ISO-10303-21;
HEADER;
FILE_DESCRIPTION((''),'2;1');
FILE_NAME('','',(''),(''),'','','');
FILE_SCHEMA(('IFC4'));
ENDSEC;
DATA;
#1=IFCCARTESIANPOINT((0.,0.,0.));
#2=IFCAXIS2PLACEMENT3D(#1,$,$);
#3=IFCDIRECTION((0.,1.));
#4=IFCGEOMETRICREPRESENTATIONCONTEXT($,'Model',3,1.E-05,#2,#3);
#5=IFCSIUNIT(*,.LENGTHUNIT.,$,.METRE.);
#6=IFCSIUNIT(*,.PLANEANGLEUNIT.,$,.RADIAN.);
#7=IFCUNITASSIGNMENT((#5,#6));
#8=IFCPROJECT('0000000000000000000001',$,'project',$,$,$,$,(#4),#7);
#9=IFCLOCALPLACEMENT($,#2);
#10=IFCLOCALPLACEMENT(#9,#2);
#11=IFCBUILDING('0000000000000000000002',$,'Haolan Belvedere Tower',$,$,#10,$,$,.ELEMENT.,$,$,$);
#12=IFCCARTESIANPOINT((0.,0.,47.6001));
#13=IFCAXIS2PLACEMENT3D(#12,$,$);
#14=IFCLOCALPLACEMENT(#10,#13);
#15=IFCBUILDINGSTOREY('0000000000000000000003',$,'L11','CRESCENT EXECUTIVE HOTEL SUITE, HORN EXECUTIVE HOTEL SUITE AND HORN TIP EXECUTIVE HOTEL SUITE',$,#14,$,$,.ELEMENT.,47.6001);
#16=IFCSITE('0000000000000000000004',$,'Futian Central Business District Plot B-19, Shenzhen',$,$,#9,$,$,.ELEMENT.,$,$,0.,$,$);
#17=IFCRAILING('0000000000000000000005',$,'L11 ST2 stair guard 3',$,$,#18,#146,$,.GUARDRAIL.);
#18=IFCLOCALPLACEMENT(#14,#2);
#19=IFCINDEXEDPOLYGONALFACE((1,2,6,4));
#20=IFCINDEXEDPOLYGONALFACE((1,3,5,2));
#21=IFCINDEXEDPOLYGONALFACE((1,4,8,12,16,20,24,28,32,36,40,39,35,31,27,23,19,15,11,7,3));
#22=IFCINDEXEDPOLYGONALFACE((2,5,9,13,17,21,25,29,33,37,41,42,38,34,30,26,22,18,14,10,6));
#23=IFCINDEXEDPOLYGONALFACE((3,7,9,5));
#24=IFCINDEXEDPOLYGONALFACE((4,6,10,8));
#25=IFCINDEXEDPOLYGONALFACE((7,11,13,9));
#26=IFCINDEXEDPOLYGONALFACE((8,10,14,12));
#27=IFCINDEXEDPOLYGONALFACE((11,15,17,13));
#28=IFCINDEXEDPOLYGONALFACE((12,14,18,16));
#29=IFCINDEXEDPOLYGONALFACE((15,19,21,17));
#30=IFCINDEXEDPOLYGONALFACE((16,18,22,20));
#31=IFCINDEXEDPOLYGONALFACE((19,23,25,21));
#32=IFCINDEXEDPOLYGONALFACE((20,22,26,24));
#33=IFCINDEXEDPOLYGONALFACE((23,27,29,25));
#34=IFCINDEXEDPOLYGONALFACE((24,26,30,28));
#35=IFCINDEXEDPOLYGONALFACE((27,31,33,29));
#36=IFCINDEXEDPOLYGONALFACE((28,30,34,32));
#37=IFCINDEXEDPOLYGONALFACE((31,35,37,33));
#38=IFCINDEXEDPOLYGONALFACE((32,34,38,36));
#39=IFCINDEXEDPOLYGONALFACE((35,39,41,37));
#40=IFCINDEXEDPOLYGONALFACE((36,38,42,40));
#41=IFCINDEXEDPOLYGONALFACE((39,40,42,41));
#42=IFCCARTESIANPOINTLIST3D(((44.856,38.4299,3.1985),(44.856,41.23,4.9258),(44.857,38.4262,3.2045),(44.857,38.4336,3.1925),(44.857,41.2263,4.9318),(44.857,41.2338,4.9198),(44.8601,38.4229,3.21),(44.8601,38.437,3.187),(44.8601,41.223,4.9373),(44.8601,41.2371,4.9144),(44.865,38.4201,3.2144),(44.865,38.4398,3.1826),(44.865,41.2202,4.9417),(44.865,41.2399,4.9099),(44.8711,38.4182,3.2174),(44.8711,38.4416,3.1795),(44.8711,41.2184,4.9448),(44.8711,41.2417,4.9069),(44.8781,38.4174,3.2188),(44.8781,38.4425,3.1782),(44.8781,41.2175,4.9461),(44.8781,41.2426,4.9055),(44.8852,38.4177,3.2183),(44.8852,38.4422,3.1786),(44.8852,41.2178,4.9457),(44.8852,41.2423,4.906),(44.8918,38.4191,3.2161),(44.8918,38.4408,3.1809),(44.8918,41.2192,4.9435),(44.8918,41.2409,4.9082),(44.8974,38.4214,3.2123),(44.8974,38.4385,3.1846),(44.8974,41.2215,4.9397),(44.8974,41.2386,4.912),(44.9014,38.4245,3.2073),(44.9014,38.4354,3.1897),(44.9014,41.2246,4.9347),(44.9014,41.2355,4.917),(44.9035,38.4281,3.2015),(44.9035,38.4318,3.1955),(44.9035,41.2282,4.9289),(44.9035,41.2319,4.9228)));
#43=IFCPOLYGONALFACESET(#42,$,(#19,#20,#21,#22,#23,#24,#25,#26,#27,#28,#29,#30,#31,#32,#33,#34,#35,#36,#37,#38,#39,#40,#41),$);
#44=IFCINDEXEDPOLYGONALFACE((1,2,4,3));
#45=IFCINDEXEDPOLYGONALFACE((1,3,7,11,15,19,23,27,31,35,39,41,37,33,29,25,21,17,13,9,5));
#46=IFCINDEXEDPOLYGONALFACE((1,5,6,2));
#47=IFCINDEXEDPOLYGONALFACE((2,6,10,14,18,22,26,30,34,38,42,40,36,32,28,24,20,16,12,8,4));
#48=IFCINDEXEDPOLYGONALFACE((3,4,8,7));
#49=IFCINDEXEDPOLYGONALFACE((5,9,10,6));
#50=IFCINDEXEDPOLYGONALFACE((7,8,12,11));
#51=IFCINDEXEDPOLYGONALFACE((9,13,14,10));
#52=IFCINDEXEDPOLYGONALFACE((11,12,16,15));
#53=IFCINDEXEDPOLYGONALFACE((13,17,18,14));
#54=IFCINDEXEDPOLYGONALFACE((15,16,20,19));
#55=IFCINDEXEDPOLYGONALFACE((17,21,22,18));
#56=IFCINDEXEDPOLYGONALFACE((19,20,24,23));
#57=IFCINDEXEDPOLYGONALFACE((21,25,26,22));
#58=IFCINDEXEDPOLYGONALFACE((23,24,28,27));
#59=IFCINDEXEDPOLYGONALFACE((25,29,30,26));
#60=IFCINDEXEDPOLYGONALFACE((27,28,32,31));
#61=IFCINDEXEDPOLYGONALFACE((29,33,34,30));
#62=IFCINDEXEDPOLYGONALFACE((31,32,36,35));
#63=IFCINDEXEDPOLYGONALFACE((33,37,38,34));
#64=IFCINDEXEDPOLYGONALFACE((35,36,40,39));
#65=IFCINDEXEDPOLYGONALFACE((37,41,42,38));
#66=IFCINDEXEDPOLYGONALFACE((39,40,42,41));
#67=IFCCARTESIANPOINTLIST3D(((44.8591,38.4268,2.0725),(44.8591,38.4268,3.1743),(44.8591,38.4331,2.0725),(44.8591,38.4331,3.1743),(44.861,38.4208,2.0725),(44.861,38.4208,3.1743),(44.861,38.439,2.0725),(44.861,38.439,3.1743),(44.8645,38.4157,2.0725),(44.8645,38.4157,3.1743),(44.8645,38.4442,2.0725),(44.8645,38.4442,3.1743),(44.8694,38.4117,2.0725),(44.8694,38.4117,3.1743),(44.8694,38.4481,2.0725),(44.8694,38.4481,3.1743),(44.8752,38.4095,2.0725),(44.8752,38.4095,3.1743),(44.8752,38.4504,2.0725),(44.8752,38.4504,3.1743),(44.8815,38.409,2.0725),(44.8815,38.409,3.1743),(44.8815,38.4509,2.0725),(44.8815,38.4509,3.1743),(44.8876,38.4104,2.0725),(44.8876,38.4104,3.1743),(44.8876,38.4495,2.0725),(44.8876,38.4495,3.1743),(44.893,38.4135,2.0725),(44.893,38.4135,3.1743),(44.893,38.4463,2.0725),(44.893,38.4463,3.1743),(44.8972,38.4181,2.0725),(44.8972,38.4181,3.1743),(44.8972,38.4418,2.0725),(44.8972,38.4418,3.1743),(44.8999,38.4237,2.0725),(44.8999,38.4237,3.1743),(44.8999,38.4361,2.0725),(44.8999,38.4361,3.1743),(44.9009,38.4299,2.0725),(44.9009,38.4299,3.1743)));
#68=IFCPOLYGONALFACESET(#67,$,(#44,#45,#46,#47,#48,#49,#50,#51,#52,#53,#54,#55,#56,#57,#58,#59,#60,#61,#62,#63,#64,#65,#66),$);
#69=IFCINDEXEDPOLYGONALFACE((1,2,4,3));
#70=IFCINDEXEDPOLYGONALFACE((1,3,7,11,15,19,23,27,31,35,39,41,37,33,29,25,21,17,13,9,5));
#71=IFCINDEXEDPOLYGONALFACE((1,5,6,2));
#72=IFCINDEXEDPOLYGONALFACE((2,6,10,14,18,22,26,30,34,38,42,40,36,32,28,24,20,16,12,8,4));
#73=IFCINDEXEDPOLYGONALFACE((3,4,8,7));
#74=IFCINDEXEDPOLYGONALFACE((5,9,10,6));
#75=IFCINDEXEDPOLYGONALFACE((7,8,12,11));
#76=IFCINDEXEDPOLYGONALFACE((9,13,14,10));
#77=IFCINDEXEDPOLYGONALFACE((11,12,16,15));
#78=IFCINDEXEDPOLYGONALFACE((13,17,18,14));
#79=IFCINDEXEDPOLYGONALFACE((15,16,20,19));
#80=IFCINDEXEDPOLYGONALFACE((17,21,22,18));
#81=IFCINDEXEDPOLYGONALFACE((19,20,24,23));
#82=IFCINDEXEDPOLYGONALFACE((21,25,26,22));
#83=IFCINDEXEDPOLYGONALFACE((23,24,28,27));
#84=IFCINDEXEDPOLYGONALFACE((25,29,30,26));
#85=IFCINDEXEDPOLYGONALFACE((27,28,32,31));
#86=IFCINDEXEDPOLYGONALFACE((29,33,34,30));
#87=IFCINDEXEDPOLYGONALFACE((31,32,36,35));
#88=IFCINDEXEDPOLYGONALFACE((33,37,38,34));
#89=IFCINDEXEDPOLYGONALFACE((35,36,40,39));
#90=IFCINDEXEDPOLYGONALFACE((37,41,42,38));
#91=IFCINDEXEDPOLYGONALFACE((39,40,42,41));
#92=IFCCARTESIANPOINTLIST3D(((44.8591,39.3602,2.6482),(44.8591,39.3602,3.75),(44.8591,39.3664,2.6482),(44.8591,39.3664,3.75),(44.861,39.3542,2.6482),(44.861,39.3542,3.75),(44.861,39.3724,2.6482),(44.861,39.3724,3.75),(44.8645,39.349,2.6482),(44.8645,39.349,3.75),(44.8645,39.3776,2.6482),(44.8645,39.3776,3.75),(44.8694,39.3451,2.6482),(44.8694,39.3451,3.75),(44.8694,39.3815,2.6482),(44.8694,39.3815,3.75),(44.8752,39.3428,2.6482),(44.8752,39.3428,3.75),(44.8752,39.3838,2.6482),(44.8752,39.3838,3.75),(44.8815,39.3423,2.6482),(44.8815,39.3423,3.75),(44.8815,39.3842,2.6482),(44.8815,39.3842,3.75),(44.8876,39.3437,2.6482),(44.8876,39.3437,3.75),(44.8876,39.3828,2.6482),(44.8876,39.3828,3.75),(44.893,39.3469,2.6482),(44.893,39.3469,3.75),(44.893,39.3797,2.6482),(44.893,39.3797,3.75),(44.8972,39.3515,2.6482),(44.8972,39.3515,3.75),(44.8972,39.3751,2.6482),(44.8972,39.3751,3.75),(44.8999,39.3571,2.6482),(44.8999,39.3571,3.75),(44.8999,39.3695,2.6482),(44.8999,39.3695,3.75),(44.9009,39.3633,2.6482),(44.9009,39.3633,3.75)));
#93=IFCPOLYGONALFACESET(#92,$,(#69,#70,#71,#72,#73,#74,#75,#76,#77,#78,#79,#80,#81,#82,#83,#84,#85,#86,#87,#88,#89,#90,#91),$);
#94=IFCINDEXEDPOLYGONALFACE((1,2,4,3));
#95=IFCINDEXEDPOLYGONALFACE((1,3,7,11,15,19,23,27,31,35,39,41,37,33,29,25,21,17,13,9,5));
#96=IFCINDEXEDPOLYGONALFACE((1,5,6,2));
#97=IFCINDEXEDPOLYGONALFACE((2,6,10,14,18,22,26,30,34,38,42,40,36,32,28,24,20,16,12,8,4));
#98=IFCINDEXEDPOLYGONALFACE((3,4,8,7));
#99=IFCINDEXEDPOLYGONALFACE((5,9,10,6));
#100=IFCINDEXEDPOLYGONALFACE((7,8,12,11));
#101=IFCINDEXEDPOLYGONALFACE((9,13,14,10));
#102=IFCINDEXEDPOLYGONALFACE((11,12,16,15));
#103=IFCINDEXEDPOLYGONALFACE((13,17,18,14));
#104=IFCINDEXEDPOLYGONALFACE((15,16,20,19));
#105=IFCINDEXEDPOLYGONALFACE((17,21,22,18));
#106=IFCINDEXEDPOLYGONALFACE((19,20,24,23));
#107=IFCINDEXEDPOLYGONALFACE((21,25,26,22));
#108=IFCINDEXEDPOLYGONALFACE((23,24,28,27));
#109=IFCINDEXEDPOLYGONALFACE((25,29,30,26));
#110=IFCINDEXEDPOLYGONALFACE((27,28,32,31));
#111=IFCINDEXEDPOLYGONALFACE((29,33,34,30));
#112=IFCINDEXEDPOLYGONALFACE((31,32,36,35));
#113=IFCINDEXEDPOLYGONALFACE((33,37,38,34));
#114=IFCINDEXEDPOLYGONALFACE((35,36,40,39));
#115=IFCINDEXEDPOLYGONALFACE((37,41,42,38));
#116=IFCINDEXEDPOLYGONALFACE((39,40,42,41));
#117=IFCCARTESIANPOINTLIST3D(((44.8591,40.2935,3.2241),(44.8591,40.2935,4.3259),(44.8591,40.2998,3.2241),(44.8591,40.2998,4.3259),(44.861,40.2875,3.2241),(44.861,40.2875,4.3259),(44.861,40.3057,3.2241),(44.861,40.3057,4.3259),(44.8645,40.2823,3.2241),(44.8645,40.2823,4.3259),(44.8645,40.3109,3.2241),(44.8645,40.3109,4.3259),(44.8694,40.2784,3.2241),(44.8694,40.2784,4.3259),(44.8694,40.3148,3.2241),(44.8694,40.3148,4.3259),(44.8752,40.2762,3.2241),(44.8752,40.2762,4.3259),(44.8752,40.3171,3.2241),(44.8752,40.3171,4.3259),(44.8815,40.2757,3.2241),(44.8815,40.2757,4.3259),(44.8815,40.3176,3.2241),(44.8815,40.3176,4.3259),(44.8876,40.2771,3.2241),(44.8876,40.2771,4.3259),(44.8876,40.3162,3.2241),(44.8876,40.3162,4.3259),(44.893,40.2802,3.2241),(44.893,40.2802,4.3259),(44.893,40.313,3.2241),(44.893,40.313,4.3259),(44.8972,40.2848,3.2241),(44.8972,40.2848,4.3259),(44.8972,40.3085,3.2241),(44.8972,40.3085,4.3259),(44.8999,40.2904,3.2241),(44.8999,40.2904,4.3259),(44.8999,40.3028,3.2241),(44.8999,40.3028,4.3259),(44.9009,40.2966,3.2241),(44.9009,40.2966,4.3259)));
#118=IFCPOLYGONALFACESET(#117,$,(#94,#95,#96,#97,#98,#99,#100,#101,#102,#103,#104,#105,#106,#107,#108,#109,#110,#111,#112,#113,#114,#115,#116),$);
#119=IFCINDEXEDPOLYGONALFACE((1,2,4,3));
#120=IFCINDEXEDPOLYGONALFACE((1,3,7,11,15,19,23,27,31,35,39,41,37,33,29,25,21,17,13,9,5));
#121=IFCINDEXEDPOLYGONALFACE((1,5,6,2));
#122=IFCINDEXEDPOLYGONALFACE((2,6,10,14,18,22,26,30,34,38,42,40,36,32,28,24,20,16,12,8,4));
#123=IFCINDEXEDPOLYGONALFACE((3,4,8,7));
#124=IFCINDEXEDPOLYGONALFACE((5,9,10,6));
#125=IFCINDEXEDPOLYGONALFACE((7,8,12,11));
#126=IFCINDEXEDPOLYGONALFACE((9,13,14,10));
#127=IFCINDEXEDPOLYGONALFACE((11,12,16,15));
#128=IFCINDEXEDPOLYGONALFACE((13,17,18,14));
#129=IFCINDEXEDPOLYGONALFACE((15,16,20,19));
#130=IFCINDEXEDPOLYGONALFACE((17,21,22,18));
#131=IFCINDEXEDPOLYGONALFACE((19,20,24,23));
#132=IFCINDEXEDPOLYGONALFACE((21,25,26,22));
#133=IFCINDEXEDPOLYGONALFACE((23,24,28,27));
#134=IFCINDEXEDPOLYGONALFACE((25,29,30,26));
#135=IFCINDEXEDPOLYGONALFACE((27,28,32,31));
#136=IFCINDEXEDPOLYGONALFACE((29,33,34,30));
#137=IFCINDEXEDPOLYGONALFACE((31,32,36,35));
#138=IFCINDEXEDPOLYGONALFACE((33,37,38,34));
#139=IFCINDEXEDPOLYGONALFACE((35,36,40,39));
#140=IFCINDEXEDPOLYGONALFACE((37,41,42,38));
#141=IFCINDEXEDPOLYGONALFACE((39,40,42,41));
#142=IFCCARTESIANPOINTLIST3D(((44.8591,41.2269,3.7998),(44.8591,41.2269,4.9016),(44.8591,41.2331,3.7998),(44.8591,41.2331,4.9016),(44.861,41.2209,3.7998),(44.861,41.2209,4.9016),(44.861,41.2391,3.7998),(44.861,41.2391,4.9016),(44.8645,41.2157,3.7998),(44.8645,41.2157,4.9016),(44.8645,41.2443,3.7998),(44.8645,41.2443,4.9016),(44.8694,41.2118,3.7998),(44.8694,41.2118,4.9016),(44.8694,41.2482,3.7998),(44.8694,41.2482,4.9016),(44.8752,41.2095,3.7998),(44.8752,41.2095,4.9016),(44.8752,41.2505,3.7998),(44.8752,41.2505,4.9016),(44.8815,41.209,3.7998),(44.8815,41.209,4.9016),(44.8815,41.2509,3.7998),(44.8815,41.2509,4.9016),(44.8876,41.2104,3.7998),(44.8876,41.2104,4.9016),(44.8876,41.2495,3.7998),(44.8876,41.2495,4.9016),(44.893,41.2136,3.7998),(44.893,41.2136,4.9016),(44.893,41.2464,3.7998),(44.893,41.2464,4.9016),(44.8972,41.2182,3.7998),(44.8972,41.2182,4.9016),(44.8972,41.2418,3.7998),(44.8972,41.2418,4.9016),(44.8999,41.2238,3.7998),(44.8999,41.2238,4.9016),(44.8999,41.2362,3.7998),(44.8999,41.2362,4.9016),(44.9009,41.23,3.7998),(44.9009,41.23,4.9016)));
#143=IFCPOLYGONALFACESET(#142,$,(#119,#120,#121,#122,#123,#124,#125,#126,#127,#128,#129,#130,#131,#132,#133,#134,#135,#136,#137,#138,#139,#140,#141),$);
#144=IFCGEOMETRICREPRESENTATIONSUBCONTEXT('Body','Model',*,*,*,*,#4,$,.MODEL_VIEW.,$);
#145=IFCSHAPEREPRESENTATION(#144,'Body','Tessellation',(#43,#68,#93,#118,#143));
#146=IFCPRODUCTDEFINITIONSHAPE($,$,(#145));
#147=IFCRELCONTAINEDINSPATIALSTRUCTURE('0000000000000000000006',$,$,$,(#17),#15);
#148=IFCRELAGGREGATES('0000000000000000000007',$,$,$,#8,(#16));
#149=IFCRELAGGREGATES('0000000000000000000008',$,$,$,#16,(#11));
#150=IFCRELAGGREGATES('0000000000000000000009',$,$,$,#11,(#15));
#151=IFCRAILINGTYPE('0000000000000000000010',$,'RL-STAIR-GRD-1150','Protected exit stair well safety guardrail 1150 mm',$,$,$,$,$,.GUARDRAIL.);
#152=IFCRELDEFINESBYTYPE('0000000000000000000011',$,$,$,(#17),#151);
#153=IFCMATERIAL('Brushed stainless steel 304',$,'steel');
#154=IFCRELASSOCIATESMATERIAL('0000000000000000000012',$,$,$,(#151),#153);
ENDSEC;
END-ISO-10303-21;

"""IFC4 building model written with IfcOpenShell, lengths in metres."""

from ifc_helpers import new_model, si_unit, direction, frame, origin, origin_2d, place, context, subcontext, project, spatial, circle, extrude, material, type_object, element, save


model = new_model("IFC4")

# Units and contexts
model_context = context("Model", 3, precision=1e-05, world=origin(), true_north=direction((0.0, 1.0)))
body_context = subcontext(model_context, "Body", "Model", "MODEL_VIEW")
ifc_project = project(units=[si_unit("LENGTHUNIT", "METRE"), si_unit("PLANEANGLEUNIT", "RADIAN")], contexts=[model_context])

# Site, building, storey
site_placement = place(None, origin())
site = spatial("IfcSite", under=ifc_project, at=site_placement, Name="Futian Central Business District Plot B-19, Shenzhen", CompositionType="ELEMENT", RefElevation=0.0)
building_placement = place(site_placement, origin())
building = spatial("IfcBuilding", under=site, at=building_placement, Name="Haolan Belvedere Tower", CompositionType="ELEMENT")
storey_placement = place(building_placement, frame((0.0, 0.0, 47.6001)))
storey = spatial("IfcBuildingStorey", under=building, at=storey_placement, Name="L11", Description="CRESCENT EXECUTIVE HOTEL SUITE, HORN EXECUTIVE HOTEL SUITE AND HORN TIP EXECUTIVE HOTEL SUITE", CompositionType="ELEMENT", Elevation=47.6001)

# Railing
ifc_material_1 = material(Name="Brushed stainless steel 304", Category="steel")
railing_type_1 = type_object("IfcRailingType", Name="RL-STAIR-GRD-1150", Description="Protected exit stair well safety guardrail 1150 mm", PredefinedType="GUARDRAIL", material=ifc_material_1)
railing_1_placement = place(storey_placement, frame((44.8799, 38.4299, 2.0725)))
element("IfcRailing", 1, at=railing_1_placement, inside=storey, type_object=railing_type_1, Name="L11 ST2 stair guard 3", PredefinedType="GUARDRAIL", context=body_context, shape_type="SweptSolid", body=[
    extrude(circle(Radius=0.0239, at=origin_2d()), frame((0.0, 0.0, 1.126), z_axis=(0.0, 0.85109, 0.52502), x_axis=(-1.0, 0.0, 0.0)), (0.0, 0.0, 1.0), 3.29),
    extrude(circle(Radius=0.021, at=origin_2d()), origin(), (0.0, 0.0, 1.0), 1.1018),
    extrude(circle(Radius=0.021, at=origin_2d()), frame((0.0, 0.9333, 0.5757)), (0.0, 0.0, 1.0), 1.1018),
    extrude(circle(Radius=0.021, at=origin_2d()), frame((0.0, 1.8667, 1.1516)), (0.0, 0.0, 1.0), 1.1018),
    extrude(circle(Radius=0.021, at=origin_2d()), frame((0.0, 2.8, 1.7273)), (0.0, 0.0, 1.0), 1.1018),
])

save(model, "model.ifc")
